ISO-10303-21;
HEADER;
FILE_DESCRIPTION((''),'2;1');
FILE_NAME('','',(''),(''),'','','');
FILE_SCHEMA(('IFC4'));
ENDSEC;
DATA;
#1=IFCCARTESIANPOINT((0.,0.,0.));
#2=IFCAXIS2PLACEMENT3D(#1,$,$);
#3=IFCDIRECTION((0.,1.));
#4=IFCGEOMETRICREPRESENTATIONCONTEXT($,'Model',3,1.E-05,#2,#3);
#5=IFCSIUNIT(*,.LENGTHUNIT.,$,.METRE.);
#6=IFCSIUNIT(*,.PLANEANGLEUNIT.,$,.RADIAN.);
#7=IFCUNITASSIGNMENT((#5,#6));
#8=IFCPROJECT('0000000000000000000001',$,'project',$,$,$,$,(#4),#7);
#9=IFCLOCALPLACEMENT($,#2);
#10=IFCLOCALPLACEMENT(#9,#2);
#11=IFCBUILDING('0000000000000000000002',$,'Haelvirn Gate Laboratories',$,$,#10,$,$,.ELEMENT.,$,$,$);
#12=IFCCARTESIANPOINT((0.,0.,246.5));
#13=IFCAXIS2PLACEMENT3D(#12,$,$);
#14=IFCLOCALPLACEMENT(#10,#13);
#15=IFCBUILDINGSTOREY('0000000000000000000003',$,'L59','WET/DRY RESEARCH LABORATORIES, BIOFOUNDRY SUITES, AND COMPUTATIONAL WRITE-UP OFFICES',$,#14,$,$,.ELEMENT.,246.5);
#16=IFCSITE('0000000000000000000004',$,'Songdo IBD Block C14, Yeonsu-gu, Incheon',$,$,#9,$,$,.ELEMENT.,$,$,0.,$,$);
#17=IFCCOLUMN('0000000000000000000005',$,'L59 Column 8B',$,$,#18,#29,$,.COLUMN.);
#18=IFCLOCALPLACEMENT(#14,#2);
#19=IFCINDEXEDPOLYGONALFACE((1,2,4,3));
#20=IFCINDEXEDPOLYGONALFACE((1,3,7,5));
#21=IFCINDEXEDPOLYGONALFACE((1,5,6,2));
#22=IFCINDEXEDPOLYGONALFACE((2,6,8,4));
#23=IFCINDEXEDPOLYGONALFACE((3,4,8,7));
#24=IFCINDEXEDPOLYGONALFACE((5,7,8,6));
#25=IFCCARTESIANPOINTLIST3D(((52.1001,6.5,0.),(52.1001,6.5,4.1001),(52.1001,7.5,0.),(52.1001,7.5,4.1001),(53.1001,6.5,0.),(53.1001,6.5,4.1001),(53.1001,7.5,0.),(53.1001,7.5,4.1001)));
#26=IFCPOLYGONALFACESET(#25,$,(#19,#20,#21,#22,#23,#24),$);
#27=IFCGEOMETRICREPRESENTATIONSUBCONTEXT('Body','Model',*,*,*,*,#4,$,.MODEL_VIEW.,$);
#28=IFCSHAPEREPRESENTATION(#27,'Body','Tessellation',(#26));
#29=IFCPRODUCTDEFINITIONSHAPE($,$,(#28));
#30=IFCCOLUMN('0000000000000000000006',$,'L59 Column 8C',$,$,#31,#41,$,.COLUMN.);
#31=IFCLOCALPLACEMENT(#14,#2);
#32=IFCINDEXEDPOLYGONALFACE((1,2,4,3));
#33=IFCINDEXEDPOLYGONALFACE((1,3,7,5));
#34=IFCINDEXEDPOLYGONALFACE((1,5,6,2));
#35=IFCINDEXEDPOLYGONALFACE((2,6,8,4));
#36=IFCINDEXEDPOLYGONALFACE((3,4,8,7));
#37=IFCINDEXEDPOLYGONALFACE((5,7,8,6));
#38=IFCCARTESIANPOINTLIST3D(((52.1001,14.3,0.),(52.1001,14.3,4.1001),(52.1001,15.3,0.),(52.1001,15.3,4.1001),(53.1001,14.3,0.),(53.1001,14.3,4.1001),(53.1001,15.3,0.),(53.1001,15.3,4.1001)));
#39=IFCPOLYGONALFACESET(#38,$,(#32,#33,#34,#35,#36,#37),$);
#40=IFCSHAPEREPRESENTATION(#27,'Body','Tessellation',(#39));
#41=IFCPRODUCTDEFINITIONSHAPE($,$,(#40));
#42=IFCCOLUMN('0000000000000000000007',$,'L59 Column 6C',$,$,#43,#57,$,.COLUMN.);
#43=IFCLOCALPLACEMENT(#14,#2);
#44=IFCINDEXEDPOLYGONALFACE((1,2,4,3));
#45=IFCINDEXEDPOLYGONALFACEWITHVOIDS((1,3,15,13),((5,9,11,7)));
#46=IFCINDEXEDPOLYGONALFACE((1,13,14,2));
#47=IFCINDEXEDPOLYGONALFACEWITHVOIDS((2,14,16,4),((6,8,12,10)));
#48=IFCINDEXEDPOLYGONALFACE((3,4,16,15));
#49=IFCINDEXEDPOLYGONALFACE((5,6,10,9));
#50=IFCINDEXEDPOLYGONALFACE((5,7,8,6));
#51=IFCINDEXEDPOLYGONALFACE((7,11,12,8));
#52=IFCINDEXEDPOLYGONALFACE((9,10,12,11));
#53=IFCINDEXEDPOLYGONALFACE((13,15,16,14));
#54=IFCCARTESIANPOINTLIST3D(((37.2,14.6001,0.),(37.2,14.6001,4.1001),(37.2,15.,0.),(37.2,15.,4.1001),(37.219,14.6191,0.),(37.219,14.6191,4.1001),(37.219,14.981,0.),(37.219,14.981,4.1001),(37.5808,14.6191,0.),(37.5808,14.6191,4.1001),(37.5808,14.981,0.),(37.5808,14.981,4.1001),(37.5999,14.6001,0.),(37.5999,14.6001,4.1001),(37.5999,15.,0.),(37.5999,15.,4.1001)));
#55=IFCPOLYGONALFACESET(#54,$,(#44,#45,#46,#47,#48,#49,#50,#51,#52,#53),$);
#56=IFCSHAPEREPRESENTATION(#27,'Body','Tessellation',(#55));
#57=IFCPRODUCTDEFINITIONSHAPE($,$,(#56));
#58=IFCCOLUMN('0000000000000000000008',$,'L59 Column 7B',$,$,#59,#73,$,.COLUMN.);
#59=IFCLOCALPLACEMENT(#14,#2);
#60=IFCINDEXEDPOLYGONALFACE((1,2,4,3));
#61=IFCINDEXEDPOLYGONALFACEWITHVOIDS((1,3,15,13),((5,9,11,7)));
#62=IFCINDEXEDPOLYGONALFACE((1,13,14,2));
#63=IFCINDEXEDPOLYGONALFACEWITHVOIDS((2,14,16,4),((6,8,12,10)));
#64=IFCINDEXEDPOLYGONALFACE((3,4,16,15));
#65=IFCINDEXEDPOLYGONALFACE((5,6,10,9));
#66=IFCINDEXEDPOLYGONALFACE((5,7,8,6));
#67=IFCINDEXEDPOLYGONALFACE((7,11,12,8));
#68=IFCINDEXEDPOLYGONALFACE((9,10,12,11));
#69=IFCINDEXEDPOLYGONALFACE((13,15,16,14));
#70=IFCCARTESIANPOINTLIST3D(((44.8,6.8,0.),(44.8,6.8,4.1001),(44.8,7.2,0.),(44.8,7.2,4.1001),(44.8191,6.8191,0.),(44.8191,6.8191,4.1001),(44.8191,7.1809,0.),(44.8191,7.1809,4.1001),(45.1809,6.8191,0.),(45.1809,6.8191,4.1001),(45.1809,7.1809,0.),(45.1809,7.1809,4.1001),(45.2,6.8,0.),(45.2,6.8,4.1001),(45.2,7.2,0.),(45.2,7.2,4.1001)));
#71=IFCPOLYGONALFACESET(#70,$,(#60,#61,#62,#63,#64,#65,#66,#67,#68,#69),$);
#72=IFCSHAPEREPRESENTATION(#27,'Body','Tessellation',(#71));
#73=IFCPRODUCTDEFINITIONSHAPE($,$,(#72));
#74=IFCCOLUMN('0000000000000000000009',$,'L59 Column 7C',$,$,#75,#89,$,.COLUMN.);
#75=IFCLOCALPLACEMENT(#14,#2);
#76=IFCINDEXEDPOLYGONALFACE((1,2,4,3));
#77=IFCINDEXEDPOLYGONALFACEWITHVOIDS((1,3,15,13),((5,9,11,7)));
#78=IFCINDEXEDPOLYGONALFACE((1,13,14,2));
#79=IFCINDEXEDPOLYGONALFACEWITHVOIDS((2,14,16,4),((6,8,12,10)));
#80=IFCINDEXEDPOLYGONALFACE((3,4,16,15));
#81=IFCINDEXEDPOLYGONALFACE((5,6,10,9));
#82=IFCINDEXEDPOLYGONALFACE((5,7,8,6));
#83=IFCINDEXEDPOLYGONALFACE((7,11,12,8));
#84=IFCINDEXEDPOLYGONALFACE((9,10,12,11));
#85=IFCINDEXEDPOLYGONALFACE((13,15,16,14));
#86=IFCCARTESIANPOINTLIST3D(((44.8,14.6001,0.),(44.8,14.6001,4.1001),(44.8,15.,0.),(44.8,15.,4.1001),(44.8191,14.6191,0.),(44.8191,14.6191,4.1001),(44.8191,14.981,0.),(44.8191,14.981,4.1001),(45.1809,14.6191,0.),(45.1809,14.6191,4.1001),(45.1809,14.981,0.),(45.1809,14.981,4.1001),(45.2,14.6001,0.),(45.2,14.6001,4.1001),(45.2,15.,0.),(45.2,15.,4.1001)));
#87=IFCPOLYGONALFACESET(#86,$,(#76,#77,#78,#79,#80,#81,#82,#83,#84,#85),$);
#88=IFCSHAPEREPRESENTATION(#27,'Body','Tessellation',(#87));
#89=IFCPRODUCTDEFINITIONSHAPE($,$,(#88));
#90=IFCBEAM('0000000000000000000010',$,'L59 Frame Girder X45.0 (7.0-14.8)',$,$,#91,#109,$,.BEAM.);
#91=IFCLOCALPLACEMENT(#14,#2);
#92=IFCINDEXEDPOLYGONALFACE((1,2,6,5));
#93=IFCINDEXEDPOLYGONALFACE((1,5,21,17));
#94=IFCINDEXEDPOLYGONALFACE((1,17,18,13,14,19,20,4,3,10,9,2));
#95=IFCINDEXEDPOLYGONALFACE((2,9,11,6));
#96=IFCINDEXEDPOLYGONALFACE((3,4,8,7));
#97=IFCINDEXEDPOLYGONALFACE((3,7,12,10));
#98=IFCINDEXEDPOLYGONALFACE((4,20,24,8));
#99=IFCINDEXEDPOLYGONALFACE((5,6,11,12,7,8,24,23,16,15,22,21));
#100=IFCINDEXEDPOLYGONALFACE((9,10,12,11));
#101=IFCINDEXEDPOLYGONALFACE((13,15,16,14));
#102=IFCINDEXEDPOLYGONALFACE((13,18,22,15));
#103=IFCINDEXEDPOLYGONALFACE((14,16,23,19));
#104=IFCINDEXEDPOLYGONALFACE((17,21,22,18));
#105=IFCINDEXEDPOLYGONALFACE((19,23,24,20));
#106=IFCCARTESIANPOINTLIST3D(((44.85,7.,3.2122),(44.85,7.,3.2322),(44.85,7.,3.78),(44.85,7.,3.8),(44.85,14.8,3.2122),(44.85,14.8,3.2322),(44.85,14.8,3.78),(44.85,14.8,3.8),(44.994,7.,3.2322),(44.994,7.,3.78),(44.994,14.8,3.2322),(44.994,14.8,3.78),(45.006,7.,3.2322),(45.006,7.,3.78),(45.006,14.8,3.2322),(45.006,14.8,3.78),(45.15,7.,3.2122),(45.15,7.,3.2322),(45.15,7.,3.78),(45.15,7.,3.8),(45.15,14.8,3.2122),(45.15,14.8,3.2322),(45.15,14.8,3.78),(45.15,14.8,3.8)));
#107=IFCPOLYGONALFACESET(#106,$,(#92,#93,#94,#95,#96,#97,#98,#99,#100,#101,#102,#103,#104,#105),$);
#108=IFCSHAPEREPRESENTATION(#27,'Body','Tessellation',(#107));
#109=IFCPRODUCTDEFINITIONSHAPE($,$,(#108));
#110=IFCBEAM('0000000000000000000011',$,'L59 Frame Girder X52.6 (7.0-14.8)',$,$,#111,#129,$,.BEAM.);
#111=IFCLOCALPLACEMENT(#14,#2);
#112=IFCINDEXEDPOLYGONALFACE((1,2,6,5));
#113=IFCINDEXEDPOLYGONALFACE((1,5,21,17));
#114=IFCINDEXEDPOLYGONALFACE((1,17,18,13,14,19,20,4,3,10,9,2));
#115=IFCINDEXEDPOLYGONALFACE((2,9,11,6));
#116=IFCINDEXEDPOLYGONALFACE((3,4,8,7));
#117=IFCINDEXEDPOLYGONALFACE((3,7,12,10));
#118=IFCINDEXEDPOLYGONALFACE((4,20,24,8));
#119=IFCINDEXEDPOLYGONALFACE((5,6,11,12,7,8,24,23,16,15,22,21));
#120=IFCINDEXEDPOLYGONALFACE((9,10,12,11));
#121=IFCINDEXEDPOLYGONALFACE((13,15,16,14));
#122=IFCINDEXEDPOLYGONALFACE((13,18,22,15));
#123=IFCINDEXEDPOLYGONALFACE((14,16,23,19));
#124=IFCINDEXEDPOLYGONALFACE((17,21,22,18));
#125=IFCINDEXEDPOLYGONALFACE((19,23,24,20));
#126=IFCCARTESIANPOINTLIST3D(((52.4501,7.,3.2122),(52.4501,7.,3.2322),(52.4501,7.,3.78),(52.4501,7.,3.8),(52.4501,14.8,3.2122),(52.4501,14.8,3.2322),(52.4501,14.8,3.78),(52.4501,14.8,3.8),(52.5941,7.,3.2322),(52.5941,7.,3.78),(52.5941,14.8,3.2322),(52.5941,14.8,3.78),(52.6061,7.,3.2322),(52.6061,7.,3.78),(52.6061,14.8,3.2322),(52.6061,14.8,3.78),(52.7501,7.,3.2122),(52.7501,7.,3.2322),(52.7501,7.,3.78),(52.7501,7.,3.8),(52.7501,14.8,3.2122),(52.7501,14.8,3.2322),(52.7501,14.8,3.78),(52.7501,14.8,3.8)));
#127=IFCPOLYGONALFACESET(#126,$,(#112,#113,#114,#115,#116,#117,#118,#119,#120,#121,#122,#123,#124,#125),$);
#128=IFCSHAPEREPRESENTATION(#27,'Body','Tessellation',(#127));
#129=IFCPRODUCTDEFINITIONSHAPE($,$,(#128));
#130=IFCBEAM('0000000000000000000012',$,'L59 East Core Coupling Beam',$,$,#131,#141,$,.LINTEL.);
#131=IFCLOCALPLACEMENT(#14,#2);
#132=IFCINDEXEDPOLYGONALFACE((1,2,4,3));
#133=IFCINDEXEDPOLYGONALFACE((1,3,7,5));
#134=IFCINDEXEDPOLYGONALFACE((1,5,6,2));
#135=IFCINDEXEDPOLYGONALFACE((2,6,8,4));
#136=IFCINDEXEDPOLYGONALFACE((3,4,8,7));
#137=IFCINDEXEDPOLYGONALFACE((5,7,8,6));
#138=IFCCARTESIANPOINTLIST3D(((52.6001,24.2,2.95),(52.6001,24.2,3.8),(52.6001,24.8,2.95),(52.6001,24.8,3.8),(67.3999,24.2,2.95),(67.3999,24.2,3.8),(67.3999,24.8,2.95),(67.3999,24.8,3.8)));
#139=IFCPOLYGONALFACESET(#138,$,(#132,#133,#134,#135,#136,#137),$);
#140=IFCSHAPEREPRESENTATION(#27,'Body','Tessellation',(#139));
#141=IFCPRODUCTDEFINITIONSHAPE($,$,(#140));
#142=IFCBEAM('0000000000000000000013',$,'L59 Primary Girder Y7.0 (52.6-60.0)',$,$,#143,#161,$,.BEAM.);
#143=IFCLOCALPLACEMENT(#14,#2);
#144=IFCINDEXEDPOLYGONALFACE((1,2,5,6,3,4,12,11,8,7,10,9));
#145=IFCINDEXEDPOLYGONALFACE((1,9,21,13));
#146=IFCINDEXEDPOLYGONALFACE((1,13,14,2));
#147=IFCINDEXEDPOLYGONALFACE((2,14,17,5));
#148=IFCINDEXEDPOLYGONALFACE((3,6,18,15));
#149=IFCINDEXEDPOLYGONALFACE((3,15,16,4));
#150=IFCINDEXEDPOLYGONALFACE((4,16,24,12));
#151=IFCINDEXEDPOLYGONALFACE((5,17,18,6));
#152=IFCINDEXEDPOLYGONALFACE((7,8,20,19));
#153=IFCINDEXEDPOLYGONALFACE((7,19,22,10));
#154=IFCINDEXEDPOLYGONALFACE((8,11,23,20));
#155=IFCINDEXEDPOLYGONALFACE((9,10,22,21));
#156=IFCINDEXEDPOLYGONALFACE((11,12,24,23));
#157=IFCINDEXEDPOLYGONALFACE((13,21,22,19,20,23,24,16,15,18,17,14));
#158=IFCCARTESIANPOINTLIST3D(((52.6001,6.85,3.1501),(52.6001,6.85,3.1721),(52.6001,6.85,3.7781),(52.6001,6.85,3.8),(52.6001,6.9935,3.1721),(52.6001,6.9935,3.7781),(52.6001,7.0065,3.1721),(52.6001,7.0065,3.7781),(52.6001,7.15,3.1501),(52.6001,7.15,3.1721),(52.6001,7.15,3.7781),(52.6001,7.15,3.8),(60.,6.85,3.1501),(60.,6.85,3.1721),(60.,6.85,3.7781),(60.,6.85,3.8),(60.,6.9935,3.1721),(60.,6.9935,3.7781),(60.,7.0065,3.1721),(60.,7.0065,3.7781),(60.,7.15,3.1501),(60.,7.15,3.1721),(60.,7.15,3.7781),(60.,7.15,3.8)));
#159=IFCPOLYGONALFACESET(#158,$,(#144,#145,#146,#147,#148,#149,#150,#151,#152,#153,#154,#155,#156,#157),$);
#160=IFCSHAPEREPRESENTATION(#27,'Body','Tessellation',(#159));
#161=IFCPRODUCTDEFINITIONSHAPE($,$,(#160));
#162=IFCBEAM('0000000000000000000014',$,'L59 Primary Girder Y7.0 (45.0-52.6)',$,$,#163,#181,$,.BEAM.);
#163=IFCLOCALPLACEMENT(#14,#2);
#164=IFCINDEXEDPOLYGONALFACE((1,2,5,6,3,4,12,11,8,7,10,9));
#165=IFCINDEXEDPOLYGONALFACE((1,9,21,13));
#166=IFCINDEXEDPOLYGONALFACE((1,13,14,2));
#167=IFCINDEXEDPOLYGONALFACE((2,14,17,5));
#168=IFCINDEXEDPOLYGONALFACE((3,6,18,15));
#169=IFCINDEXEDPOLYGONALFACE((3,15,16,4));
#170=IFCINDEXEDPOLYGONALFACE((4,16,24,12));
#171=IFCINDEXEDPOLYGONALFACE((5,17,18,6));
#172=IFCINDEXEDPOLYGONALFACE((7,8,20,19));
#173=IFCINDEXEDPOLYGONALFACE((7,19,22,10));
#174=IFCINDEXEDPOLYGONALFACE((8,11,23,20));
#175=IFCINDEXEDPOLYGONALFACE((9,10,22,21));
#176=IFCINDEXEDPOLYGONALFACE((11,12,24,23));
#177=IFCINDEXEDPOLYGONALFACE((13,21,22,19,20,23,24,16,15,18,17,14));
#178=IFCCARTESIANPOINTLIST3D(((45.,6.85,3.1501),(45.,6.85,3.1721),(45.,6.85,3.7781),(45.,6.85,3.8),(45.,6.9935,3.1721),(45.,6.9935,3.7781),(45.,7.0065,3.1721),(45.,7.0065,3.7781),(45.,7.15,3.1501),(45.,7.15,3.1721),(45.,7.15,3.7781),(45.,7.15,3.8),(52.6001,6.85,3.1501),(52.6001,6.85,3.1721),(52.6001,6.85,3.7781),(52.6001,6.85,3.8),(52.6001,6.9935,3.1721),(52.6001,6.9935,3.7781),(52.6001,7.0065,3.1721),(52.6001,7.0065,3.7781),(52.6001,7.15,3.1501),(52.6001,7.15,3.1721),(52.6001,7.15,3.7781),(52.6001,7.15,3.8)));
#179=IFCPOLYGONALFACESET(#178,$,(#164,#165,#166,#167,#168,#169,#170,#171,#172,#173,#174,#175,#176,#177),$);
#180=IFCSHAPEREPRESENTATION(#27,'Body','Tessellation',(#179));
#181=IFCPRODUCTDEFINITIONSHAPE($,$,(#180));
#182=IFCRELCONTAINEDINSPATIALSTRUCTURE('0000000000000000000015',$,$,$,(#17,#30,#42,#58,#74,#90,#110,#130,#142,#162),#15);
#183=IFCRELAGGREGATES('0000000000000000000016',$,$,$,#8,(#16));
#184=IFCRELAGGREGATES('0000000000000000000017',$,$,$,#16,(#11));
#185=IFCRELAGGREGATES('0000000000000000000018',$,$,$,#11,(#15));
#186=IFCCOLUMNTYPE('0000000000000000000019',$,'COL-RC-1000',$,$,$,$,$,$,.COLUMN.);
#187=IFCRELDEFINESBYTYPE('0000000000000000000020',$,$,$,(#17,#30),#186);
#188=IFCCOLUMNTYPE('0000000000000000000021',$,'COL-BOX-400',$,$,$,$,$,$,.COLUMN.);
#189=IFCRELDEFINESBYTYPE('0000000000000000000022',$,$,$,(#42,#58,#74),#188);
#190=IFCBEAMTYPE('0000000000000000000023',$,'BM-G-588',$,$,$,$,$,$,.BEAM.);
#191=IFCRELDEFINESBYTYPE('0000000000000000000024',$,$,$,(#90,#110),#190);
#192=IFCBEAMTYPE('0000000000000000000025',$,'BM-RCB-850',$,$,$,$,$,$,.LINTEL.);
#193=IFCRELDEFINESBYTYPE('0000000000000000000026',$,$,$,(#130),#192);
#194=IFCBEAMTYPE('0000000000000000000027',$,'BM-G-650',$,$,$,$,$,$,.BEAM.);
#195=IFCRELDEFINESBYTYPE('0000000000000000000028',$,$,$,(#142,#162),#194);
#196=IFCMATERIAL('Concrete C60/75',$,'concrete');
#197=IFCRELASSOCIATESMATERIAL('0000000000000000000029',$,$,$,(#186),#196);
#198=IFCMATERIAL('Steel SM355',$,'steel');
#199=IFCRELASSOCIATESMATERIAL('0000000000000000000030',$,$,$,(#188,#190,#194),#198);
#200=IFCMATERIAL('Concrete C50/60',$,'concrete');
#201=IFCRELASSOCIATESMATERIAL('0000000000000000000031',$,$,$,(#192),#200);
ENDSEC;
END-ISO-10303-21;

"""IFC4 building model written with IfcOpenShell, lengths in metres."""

from ifc_helpers import new_model, si_unit, direction, frame, origin, origin_2d, place, context, subcontext, project, spatial, rectangle, hollow_rectangle, i_section, extrude, source, transform, mapped, material, material_profile, profile_set, type_object, type_shapes, element, save


model = new_model("IFC4")

# Units and contexts
model_context = context("Model", 3, precision=1e-05, world=origin(), true_north=direction((0.0, 1.0)))
body_context = subcontext(model_context, "Body", "Model", "MODEL_VIEW")
ifc_project = project(units=[si_unit("LENGTHUNIT", "METRE"), si_unit("PLANEANGLEUNIT", "RADIAN")], contexts=[model_context])

# Site, building, storey
site_placement = place(None, origin())
site = spatial("IfcSite", under=ifc_project, at=site_placement, Name="Songdo IBD Block C14, Yeonsu-gu, Incheon", CompositionType="ELEMENT", RefElevation=0.0)
building_placement = place(site_placement, origin())
building = spatial("IfcBuilding", under=site, at=building_placement, Name="Haelvirn Gate Laboratories", CompositionType="ELEMENT")
storey_placement = place(building_placement, frame((0.0, 0.0, 246.5)))
storey = spatial("IfcBuildingStorey", under=building, at=storey_placement, Name="L59", Description="WET/DRY RESEARCH LABORATORIES, BIOFOUNDRY SUITES, AND COMPUTATIONAL WRITE-UP OFFICES", CompositionType="ELEMENT", Elevation=246.5)

# Columns
ifc_material_1 = material(Name="Concrete C60/75", Category="concrete")
ifc_material_profile_1 = material_profile(ifc_material_1, rectangle(XDim=1.0, YDim=1.0, at=origin_2d()), Name="RC-1000x1000")
ifc_profile_set_1 = profile_set([ifc_material_profile_1], Name="Concrete C60/75")
column_type_1 = type_object("IfcColumnType", Name="COL-RC-1000", PredefinedType="COLUMN", material=ifc_profile_set_1)
shared_shape_1 = source(origin(), body_context, "Body", "SweptSolid", [
    extrude(rectangle(XDim=1.0, YDim=1.0, at=origin_2d()), origin(), (0.0, 0.0, 1.0), 4.1001),
])
type_shapes(column_type_1, [shared_shape_1])
for number, where, z_axis, x_axis, name in (
    (1, (52.6001, 7.0, 0.0), (0.0, 0.0, 1.0), (1.0, 0.0, 0.0), "L59 Column 8B"),
    (2, (52.6001, 14.8, 0.0), (0.0, 0.0, 1.0), (1.0, 0.0, 0.0), "L59 Column 8C"),
):
    element("IfcColumn", number, at=place(storey_placement, frame(where, z_axis=z_axis, x_axis=x_axis)), inside=storey, type_object=column_type_1, Name=name, PredefinedType="COLUMN", context=body_context, shape_type="MappedRepresentation", body=[
        mapped(shared_shape_1, transform((0.0, 0.0, 0.0), scale=1.0)),
    ])
ifc_material_2 = material(Name="Steel SM355", Category="steel")
ifc_material_profile_2 = material_profile(ifc_material_2, hollow_rectangle(XDim=0.3999, YDim=0.3999, WallThickness=0.019, at=origin_2d()), Name="BOX-400x400x19")
ifc_profile_set_2 = profile_set([ifc_material_profile_2], Name="Steel SM355")
column_type_2 = type_object("IfcColumnType", Name="COL-BOX-400", PredefinedType="COLUMN", material=ifc_profile_set_2)
shared_shape_2 = source(origin(), body_context, "Body", "SweptSolid", [
    extrude(hollow_rectangle(XDim=0.3999, YDim=0.3999, WallThickness=0.019, at=origin_2d()), origin(), (0.0, 0.0, 1.0), 4.1001),
])
type_shapes(column_type_2, [shared_shape_2])
for number, where, z_axis, x_axis, name in (
    (3, (37.3999, 14.8, 0.0), (0.0, 0.0, 1.0), (1.0, 0.0, 0.0), "L59 Column 6C"),
    (4, (45.0, 7.0, 0.0), (0.0, 0.0, 1.0), (1.0, 0.0, 0.0), "L59 Column 7B"),
    (5, (45.0, 14.8, 0.0), (0.0, 0.0, 1.0), (1.0, 0.0, 0.0), "L59 Column 7C"),
):
    element("IfcColumn", number, at=place(storey_placement, frame(where, z_axis=z_axis, x_axis=x_axis)), inside=storey, type_object=column_type_2, Name=name, PredefinedType="COLUMN", context=body_context, shape_type="MappedRepresentation", body=[
        mapped(shared_shape_2, transform((0.0, 0.0, 0.0), scale=1.0)),
    ])

# Beams
ifc_material_profile_3 = material_profile(ifc_material_2, i_section(OverallWidth=0.3, OverallDepth=0.5879, WebThickness=0.012, FlangeThickness=0.02, at=origin_2d()), Name="H-588x300x12x20")
ifc_profile_set_3 = profile_set([ifc_material_profile_3], Name="Steel SM355")
beam_type_1 = type_object("IfcBeamType", Name="BM-G-588", PredefinedType="BEAM", material=ifc_profile_set_3)
shared_shape_3 = source(origin(), body_context, "Body", "SweptSolid", [
    extrude(i_section(OverallWidth=0.3, OverallDepth=0.5879, WebThickness=0.012, FlangeThickness=0.02, at=origin_2d()), origin(), (0.0, 0.0, 1.0), 7.8),
])
type_shapes(beam_type_1, [shared_shape_3])
for number, where, z_axis, x_axis, name in (
    (6, (45.0, 7.0, 3.5061), (0.0, 1.0, 0.0), (-1.0, 0.0, 0.0), "L59 Frame Girder X45.0 (7.0-14.8)"),
    (7, (52.6001, 7.0, 3.5061), (0.0, 1.0, 0.0), (-1.0, 0.0, 0.0), "L59 Frame Girder X52.6 (7.0-14.8)"),
):
    element("IfcBeam", number, at=place(storey_placement, frame(where, z_axis=z_axis, x_axis=x_axis)), inside=storey, type_object=beam_type_1, Name=name, PredefinedType="BEAM", context=body_context, shape_type="MappedRepresentation", body=[
        mapped(shared_shape_3, transform((0.0, 0.0, 0.0), scale=1.0)),
    ])
ifc_material_3 = material(Name="Concrete C50/60", Category="concrete")
ifc_material_profile_4 = material_profile(ifc_material_3, rectangle(XDim=0.6001, YDim=0.8501, at=origin_2d()), Name="RCB-600x850")
ifc_profile_set_4 = profile_set([ifc_material_profile_4], Name="Concrete C50/60")
beam_type_2 = type_object("IfcBeamType", Name="BM-RCB-850", PredefinedType="LINTEL", material=ifc_profile_set_4)
shared_shape_4 = source(origin(), body_context, "Body", "SweptSolid", [
    extrude(rectangle(XDim=0.6001, YDim=0.8501, at=origin_2d()), origin(), (0.0, 0.0, 1.0), 14.7998),
])
type_shapes(beam_type_2, [shared_shape_4])
beam_1_placement = place(storey_placement, frame((52.6001, 24.5, 3.375), z_axis=(1.0, 0.0, 0.0), x_axis=(0.0, 1.0, 0.0)))
element("IfcBeam", 8, at=beam_1_placement, inside=storey, type_object=beam_type_2, Name="L59 East Core Coupling Beam", PredefinedType="LINTEL", context=body_context, shape_type="MappedRepresentation", body=[
    mapped(shared_shape_4, transform((0.0, 0.0, 0.0), scale=1.0)),
])
ifc_material_profile_5 = material_profile(ifc_material_2, i_section(OverallWidth=0.3, OverallDepth=0.6499, WebThickness=0.0129, FlangeThickness=0.022, at=origin_2d()), Name="H-650x300x13x22")
ifc_profile_set_5 = profile_set([ifc_material_profile_5], Name="Steel SM355")
beam_type_3 = type_object("IfcBeamType", Name="BM-G-650", PredefinedType="BEAM", material=ifc_profile_set_5)
shared_shape_5 = source(origin(), body_context, "Body", "SweptSolid", [
    extrude(i_section(OverallWidth=0.3, OverallDepth=0.6499, WebThickness=0.0129, FlangeThickness=0.022, at=origin_2d()), origin(), (0.0, 0.0, 1.0), 7.3999),
])
beam_2_placement = place(storey_placement, frame((52.6001, 7.0, 3.4751), z_axis=(1.0, 0.0, 0.0), x_axis=(0.0, 1.0, 0.0)))
element("IfcBeam", 9, at=beam_2_placement, inside=storey, type_object=beam_type_3, Name="L59 Primary Girder Y7.0 (52.6-60.0)", PredefinedType="BEAM", context=body_context, shape_type="MappedRepresentation", body=[
    mapped(shared_shape_5, transform((0.0, 0.0, 0.0), scale=1.0)),
])
shared_shape_6 = source(origin(), body_context, "Body", "SweptSolid", [
    extrude(i_section(OverallWidth=0.3, OverallDepth=0.6499, WebThickness=0.0129, FlangeThickness=0.022, at=origin_2d()), origin(), (0.0, 0.0, 1.0), 7.6001),
])
type_shapes(beam_type_3, [shared_shape_5, shared_shape_6])
for number, where, z_axis, x_axis, name in (
    (10, (45.0, 7.0, 3.4751), (1.0, 0.0, 0.0), (0.0, 1.0, 0.0), "L59 Primary Girder Y7.0 (45.0-52.6)"),
):
    element("IfcBeam", number, at=place(storey_placement, frame(where, z_axis=z_axis, x_axis=x_axis)), inside=storey, type_object=beam_type_3, Name=name, PredefinedType="BEAM", context=body_context, shape_type="MappedRepresentation", body=[
        mapped(shared_shape_6, transform((0.0, 0.0, 0.0), scale=1.0)),
    ])

save(model, "model.ifc")
